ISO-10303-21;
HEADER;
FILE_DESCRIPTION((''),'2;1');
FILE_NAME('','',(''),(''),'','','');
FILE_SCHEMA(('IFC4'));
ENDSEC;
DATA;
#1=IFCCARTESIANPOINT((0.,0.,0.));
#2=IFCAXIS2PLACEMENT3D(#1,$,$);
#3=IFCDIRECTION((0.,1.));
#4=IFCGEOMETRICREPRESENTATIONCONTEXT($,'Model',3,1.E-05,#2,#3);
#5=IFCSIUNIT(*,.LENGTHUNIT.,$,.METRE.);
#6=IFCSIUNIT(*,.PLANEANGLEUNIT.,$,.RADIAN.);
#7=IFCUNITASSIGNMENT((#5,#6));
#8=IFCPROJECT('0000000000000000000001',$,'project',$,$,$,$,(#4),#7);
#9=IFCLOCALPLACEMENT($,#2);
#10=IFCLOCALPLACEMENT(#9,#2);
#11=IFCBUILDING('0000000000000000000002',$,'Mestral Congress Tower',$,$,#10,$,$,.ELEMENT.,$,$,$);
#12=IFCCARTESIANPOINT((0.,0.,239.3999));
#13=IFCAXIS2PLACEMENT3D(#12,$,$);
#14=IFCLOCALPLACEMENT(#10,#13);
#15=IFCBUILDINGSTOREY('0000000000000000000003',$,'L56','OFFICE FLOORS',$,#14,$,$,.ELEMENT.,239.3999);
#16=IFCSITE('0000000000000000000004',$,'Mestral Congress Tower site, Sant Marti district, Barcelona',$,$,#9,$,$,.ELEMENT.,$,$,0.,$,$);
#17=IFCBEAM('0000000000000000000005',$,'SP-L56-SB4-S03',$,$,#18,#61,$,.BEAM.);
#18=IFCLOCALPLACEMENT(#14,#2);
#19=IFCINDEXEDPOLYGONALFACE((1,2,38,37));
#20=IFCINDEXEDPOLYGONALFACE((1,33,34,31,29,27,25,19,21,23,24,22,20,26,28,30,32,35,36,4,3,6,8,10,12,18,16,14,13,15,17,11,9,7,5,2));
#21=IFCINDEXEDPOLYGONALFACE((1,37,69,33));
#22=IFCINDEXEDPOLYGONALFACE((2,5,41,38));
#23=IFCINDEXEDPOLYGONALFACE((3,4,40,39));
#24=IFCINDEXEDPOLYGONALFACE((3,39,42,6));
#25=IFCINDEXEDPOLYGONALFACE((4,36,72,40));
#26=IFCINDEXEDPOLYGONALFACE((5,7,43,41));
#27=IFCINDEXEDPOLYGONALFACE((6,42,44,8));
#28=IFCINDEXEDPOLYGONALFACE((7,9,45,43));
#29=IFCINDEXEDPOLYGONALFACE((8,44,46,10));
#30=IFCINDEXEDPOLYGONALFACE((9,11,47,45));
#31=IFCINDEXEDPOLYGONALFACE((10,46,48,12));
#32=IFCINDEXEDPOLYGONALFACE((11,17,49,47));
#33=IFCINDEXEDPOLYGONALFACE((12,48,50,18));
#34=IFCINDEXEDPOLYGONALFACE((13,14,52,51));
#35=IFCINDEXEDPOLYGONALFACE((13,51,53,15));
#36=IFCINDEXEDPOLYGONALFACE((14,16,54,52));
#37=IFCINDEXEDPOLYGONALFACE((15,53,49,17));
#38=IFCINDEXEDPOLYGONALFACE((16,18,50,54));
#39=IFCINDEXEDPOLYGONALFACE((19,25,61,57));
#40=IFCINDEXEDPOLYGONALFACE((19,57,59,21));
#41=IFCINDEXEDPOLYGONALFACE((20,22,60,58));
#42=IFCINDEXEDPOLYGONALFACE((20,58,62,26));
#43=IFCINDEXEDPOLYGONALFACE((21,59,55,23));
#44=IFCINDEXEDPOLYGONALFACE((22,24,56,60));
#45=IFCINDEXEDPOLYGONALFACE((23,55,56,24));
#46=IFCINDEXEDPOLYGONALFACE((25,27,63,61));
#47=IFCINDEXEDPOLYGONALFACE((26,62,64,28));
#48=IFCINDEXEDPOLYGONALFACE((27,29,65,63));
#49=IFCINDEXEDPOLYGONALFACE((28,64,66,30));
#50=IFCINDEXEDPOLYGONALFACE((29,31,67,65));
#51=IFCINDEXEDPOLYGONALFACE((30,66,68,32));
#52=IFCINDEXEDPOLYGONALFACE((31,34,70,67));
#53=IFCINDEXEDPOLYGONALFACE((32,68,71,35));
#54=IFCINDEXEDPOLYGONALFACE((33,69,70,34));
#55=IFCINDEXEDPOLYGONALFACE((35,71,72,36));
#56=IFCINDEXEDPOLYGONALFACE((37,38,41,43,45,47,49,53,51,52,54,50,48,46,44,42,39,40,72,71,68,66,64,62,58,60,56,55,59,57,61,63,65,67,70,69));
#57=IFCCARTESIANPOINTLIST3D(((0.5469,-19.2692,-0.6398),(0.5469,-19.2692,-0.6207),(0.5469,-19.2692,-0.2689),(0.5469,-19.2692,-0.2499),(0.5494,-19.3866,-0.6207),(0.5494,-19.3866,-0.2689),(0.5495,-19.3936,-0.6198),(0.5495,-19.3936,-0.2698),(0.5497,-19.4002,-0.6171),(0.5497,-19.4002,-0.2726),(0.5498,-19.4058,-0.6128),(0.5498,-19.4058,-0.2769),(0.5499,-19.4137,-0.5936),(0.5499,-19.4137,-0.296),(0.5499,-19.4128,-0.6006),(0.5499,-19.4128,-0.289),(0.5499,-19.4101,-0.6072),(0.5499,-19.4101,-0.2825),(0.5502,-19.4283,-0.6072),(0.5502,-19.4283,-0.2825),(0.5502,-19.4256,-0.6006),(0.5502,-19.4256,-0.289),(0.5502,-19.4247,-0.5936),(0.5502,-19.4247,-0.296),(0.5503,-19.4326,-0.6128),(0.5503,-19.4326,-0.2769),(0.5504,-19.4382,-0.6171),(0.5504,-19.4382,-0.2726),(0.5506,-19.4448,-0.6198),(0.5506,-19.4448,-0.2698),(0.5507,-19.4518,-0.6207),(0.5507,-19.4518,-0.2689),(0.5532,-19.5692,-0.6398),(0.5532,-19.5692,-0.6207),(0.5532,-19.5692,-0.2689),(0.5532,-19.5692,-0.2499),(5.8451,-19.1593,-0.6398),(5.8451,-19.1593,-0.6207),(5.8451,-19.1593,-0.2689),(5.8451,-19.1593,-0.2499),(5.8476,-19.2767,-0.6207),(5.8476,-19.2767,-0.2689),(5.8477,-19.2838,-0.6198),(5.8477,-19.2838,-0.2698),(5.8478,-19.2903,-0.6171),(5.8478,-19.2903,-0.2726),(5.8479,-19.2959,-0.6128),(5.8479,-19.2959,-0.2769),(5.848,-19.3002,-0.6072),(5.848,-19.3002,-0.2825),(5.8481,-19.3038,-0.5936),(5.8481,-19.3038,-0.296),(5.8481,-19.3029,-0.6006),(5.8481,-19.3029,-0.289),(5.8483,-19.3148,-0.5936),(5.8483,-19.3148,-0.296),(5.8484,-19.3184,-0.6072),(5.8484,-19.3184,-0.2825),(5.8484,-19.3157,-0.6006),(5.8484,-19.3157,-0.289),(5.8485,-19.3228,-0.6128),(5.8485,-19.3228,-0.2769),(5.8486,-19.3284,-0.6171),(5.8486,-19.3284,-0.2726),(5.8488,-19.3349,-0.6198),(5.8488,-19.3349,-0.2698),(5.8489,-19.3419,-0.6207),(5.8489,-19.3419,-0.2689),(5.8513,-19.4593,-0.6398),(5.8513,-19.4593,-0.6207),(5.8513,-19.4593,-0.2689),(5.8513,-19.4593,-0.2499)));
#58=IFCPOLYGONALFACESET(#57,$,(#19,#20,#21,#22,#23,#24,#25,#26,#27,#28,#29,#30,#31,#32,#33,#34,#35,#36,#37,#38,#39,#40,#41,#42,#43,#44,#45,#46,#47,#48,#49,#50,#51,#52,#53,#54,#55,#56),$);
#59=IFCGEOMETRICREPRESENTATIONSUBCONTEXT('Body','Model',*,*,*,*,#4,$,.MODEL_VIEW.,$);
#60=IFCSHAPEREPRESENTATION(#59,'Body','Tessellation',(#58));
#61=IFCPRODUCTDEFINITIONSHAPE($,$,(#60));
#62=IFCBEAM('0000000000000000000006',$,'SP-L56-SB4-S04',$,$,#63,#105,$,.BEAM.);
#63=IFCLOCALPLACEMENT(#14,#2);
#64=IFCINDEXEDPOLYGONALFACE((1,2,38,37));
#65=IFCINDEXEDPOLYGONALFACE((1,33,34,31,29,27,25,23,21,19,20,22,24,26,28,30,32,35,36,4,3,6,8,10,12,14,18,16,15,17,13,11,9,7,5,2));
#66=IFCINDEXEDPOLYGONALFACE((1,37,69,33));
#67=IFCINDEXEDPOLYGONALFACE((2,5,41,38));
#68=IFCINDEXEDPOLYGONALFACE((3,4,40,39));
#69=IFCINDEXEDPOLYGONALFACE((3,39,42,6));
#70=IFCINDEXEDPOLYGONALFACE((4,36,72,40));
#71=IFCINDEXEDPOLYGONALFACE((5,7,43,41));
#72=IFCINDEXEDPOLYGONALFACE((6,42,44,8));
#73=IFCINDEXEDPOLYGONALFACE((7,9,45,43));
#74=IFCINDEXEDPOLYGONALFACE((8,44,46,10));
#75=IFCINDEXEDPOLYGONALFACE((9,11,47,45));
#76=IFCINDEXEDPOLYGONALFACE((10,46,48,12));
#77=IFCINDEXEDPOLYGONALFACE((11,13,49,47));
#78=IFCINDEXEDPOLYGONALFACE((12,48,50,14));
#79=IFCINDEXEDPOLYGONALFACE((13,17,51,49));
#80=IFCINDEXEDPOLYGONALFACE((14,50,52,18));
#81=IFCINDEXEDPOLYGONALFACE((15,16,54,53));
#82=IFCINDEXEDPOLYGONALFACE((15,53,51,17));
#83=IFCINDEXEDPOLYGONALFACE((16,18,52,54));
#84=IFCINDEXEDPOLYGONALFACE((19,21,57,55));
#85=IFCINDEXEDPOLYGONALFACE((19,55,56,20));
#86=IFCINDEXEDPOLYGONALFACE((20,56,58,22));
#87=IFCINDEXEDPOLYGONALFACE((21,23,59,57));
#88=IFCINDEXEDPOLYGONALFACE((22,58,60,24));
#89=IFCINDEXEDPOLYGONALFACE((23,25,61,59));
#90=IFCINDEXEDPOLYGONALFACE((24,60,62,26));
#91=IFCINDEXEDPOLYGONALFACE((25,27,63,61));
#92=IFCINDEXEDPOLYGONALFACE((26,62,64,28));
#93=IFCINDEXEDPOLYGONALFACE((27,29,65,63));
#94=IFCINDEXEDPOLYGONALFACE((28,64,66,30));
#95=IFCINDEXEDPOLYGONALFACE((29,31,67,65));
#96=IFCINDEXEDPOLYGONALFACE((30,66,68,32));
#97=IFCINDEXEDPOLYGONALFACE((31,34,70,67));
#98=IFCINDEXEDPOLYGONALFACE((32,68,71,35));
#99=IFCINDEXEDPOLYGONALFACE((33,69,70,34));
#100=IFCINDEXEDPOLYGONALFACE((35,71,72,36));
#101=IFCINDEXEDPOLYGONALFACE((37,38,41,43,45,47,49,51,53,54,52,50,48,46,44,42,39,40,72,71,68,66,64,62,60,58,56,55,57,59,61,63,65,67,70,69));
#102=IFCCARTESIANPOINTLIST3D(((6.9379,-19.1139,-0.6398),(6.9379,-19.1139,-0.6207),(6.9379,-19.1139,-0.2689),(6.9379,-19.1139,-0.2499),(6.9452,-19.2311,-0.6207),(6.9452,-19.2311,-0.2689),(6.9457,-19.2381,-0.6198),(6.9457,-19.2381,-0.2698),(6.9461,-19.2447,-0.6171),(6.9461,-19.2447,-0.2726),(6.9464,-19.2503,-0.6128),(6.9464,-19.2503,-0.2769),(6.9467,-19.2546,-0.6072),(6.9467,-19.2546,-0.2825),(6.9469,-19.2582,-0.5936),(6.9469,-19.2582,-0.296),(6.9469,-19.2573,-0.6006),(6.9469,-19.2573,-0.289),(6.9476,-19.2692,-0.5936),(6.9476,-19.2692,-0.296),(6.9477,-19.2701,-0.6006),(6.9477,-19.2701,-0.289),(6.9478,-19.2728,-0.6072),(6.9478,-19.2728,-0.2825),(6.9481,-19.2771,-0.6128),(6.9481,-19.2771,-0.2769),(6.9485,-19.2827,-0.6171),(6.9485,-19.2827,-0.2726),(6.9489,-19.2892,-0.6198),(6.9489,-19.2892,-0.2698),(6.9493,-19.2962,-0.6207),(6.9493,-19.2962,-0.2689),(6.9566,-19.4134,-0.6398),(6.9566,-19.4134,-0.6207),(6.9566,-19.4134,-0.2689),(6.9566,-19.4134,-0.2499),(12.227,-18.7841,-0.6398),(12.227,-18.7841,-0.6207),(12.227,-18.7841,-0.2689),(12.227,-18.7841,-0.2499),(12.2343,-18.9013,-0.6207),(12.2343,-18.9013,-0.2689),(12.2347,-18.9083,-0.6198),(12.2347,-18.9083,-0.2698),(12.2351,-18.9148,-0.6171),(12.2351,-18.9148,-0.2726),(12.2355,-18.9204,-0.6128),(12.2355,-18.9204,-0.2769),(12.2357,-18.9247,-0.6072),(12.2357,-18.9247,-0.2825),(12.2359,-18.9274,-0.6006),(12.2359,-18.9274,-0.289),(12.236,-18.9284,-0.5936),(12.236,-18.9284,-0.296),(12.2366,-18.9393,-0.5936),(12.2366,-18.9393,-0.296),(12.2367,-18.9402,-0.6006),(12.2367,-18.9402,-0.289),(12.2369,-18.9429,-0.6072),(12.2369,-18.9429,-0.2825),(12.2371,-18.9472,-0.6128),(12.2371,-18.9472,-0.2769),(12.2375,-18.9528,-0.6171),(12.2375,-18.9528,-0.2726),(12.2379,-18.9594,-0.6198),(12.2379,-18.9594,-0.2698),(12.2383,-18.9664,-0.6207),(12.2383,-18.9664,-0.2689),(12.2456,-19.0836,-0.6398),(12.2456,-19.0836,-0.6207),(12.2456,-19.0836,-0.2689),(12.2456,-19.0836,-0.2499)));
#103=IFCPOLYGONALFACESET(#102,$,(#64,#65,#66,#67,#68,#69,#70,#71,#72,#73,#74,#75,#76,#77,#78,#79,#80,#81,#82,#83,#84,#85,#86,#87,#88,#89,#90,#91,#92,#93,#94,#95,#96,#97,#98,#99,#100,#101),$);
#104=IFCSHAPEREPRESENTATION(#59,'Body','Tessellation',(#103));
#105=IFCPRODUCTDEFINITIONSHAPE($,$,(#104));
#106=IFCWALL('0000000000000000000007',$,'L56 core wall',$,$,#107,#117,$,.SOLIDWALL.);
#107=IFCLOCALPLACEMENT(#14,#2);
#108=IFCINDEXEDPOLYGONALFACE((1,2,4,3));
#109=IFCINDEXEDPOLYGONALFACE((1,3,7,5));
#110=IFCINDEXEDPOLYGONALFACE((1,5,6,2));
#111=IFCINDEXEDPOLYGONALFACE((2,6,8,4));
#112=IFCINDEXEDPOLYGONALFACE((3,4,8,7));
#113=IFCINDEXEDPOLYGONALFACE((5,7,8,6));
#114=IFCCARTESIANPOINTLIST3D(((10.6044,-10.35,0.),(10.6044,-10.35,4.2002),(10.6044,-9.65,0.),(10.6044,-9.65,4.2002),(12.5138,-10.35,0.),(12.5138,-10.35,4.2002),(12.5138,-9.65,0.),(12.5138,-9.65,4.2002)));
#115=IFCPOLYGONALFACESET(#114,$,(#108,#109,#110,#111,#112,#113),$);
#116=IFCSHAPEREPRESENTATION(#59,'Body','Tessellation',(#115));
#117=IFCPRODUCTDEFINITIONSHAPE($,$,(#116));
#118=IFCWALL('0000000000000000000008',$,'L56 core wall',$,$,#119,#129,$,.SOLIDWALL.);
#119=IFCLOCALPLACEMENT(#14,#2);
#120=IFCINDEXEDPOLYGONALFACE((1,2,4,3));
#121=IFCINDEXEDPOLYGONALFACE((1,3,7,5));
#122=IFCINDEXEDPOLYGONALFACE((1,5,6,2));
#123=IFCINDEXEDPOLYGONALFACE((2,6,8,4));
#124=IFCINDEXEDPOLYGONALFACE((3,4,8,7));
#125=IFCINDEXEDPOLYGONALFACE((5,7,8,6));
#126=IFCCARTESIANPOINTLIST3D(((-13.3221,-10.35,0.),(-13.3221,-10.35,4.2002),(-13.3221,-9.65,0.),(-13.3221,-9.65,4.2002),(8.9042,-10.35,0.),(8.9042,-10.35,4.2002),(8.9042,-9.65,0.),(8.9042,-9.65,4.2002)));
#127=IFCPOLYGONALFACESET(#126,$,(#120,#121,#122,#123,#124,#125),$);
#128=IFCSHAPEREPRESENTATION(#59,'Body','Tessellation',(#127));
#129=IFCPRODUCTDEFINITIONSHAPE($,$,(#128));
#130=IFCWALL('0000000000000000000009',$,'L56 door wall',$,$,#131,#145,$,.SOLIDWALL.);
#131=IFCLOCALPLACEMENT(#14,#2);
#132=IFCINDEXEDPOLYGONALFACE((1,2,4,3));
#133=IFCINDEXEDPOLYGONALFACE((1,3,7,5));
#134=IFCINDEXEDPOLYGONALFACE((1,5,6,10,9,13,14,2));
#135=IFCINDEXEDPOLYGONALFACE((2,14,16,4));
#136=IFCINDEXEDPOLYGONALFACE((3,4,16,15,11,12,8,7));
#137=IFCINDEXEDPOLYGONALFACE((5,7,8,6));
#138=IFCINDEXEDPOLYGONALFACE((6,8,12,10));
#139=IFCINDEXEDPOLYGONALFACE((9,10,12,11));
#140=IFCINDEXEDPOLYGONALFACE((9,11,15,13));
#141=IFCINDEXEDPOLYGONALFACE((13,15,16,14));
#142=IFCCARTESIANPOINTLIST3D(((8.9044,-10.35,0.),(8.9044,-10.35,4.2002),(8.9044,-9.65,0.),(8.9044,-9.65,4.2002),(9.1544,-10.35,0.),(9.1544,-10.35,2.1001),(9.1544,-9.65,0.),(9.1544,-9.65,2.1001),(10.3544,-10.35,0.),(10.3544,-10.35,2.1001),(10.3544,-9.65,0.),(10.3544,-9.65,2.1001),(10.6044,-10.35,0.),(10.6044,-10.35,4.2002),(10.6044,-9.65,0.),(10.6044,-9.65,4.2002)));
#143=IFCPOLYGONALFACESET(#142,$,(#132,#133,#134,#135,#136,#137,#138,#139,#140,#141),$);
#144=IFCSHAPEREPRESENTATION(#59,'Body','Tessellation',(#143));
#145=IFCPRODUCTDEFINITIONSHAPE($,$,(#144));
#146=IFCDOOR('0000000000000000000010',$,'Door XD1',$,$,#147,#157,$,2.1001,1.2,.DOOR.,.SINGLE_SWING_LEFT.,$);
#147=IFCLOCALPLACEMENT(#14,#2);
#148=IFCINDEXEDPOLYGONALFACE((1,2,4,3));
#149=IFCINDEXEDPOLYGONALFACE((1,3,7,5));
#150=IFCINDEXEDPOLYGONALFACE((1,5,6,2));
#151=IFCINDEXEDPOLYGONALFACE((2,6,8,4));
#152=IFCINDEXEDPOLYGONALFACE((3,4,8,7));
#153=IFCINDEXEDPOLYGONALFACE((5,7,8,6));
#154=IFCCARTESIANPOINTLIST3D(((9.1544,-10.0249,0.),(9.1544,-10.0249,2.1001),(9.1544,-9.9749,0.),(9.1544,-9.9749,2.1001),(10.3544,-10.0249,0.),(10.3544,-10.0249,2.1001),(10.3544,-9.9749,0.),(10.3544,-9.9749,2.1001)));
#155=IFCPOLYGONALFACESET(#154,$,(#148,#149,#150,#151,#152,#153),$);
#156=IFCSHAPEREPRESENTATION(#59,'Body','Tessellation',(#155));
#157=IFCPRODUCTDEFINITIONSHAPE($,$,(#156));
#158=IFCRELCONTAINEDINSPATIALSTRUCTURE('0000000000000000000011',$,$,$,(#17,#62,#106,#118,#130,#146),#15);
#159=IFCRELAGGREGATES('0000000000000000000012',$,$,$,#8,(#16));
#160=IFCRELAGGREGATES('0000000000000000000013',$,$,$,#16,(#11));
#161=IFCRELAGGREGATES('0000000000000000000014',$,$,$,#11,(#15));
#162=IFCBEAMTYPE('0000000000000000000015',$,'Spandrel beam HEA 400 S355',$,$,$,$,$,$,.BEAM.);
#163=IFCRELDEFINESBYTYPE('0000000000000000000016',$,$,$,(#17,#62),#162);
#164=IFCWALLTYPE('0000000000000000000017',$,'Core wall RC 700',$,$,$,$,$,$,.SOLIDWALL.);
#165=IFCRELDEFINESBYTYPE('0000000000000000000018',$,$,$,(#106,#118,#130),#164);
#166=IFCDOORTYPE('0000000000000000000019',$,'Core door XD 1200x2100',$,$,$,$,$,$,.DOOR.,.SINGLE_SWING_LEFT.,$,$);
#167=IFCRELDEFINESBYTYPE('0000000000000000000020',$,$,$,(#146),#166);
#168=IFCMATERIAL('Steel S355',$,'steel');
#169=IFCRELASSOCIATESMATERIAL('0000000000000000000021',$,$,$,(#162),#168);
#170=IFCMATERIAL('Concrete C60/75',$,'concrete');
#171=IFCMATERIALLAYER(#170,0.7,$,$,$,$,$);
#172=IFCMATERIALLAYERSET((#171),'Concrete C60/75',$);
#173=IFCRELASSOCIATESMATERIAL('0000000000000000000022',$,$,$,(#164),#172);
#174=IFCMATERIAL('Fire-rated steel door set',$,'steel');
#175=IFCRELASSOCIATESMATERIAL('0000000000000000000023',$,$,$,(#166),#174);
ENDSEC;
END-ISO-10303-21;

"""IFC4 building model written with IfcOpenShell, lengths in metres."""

from ifc_helpers import new_model, si_unit, direction, frame, frame_2d, origin, origin_2d, place, context, subcontext, project, spatial, rectangle, i_section, extrude, material, layer, layer_set, material_profile, profile_set, type_object, element, fill, save


model = new_model("IFC4")

# Units and contexts
model_context = context("Model", 3, precision=1e-05, world=origin(), true_north=direction((0.0, 1.0)))
body_context = subcontext(model_context, "Body", "Model", "MODEL_VIEW")
ifc_project = project(units=[si_unit("LENGTHUNIT", "METRE"), si_unit("PLANEANGLEUNIT", "RADIAN")], contexts=[model_context])

# Site, building, storey
site_placement = place(None, origin())
site = spatial("IfcSite", under=ifc_project, at=site_placement, Name="Mestral Congress Tower site, Sant Marti district, Barcelona", CompositionType="ELEMENT", RefElevation=0.0)
building_placement = place(site_placement, origin())
building = spatial("IfcBuilding", under=site, at=building_placement, Name="Mestral Congress Tower", CompositionType="ELEMENT")
storey_placement = place(building_placement, frame((0.0, 0.0, 239.3999)))
storey = spatial("IfcBuildingStorey", under=building, at=storey_placement, Name="L56", Description="OFFICE FLOORS", CompositionType="ELEMENT", Elevation=239.3999)

# Shared definitions
ifc_material_1 = material(Name="Concrete C60/75", Category="concrete")

# Beams
ifc_material_2 = material(Name="Steel S355", Category="steel")
ifc_material_profile_1 = material_profile(ifc_material_2, i_section(OverallWidth=0.3, OverallDepth=0.3899, WebThickness=0.011, FlangeThickness=0.019, FilletRadius=0.0271, at=origin_2d()), Name="HEA 400")
ifc_profile_set_1 = profile_set([ifc_material_profile_1], Name="Steel S355")
beam_type_1 = type_object("IfcBeamType", Name="Spandrel beam HEA 400 S355", PredefinedType="BEAM", material=ifc_profile_set_1)
for number, where, z_axis, x_axis, name in (
    (1, (0.55, -19.4192, -0.4448), (0.999785, 0.020732, 0.0), (-0.020732, 0.999785, 0.0), "SP-L56-SB4-S03"),
    (2, (6.9473, -19.2637, -0.4448), (0.998061, 0.062241, 0.0), (-0.062241, 0.998061, 0.0), "SP-L56-SB4-S04"),
):
    element("IfcBeam", number, at=place(storey_placement, frame(where, z_axis=z_axis, x_axis=x_axis)), inside=storey, type_object=beam_type_1, Name=name, PredefinedType="BEAM", context=body_context, shape_type="SweptSolid", body=[
        extrude(i_section(OverallWidth=0.3, OverallDepth=0.3899, WebThickness=0.011, FlangeThickness=0.019, FilletRadius=0.0271, at=origin_2d()), origin(), (0.0, 0.0, 1.0), 5.2993),
    ])

# Walls
ifc_layer_1 = layer(ifc_material_1, 0.7)
ifc_layer_set_1 = layer_set([ifc_layer_1], Name="Concrete C60/75")
wall_type_1 = type_object("IfcWallType", Name="Core wall RC 700", PredefinedType="SOLIDWALL", material=ifc_layer_set_1)
wall_1_placement = place(storey_placement, frame((10.6045, -10.0, 0.0), z_axis=(0.0, 0.0, 1.0), x_axis=(1.0, 0.0, 0.0)))
element("IfcWall", 3, at=wall_1_placement, inside=storey, type_object=wall_type_1, Name="L56 core wall", PredefinedType="SOLIDWALL", context=body_context, shape_type="SweptSolid", body=[
    extrude(rectangle(XDim=1.9094, YDim=0.7, at=frame_2d((0.9546, 0.0))), origin(), (0.0, 0.0, 1.0), 4.2002),
])
wall_2_placement = place(storey_placement, frame((8.9043, -10.0, 0.0), z_axis=(0.0, 0.0, 1.0), x_axis=(-1.0, 0.0, 0.0)))
element("IfcWall", 4, at=wall_2_placement, inside=storey, type_object=wall_type_1, Name="L56 core wall", PredefinedType="SOLIDWALL", context=body_context, shape_type="SweptSolid", body=[
    extrude(rectangle(XDim=22.2263, YDim=0.7, at=frame_2d((11.1133, 0.0))), origin(), (0.0, 0.0, 1.0), 4.2002),
])

# Wall, opening, door
wall_3_placement = place(storey_placement, frame((10.6045, -10.0, 0.0), z_axis=(0.0, 0.0, 1.0), x_axis=(-1.0, 0.0, 0.0)))
wall_3 = element("IfcWall", 5, at=wall_3_placement, inside=storey, type_object=wall_type_1, Name="L56 door wall", PredefinedType="SOLIDWALL", context=body_context, shape_type="SweptSolid", body=[
    extrude(rectangle(XDim=1.7, YDim=0.7, at=frame_2d((0.8501, 0.0))), origin(), (0.0, 0.0, 1.0), 4.2002),
])
opening_1_placement = place(wall_3_placement, frame((0.25, 0.0, 0.0)))
opening_1 = element("IfcOpeningElement", 6, at=opening_1_placement, cuts=wall_3, PredefinedType="OPENING", context=body_context, shape_type="SweptSolid", body=[
    extrude(rectangle(XDim=1.2, YDim=2.1001, at=frame_2d((0.6001, 1.05))), frame((0.0, 0.3599, 0.0), z_axis=(0.0, -1.0, 0.0), x_axis=(1.0, 0.0, 0.0)), (0.0, 0.0, 1.0), 0.72),
])
ifc_material_3 = material(Name="Fire-rated steel door set", Category="steel")
door_type_1 = type_object("IfcDoorType", Name="Core door XD 1200x2100", OperationType="SINGLE_SWING_LEFT", PredefinedType="DOOR", material=ifc_material_3)
door_1_placement = place(opening_1_placement, origin())
door_1 = element("IfcDoor", 7, at=door_1_placement, inside=storey, type_object=door_type_1, Name="Door XD1", OperationType="SINGLE_SWING_LEFT", OverallHeight=2.1001, OverallWidth=1.2, PredefinedType="DOOR", context=body_context, shape_type="SweptSolid", body=[
    extrude(rectangle(XDim=1.2, YDim=2.1001, at=frame_2d((0.6001, 1.05))), frame((0.0, 0.0249, 0.0), z_axis=(0.0, -1.0, 0.0), x_axis=(1.0, 0.0, 0.0)), (0.0, 0.0, 1.0), 0.05),
])
fill(opening_1, door_1)

save(model, "model.ifc")
